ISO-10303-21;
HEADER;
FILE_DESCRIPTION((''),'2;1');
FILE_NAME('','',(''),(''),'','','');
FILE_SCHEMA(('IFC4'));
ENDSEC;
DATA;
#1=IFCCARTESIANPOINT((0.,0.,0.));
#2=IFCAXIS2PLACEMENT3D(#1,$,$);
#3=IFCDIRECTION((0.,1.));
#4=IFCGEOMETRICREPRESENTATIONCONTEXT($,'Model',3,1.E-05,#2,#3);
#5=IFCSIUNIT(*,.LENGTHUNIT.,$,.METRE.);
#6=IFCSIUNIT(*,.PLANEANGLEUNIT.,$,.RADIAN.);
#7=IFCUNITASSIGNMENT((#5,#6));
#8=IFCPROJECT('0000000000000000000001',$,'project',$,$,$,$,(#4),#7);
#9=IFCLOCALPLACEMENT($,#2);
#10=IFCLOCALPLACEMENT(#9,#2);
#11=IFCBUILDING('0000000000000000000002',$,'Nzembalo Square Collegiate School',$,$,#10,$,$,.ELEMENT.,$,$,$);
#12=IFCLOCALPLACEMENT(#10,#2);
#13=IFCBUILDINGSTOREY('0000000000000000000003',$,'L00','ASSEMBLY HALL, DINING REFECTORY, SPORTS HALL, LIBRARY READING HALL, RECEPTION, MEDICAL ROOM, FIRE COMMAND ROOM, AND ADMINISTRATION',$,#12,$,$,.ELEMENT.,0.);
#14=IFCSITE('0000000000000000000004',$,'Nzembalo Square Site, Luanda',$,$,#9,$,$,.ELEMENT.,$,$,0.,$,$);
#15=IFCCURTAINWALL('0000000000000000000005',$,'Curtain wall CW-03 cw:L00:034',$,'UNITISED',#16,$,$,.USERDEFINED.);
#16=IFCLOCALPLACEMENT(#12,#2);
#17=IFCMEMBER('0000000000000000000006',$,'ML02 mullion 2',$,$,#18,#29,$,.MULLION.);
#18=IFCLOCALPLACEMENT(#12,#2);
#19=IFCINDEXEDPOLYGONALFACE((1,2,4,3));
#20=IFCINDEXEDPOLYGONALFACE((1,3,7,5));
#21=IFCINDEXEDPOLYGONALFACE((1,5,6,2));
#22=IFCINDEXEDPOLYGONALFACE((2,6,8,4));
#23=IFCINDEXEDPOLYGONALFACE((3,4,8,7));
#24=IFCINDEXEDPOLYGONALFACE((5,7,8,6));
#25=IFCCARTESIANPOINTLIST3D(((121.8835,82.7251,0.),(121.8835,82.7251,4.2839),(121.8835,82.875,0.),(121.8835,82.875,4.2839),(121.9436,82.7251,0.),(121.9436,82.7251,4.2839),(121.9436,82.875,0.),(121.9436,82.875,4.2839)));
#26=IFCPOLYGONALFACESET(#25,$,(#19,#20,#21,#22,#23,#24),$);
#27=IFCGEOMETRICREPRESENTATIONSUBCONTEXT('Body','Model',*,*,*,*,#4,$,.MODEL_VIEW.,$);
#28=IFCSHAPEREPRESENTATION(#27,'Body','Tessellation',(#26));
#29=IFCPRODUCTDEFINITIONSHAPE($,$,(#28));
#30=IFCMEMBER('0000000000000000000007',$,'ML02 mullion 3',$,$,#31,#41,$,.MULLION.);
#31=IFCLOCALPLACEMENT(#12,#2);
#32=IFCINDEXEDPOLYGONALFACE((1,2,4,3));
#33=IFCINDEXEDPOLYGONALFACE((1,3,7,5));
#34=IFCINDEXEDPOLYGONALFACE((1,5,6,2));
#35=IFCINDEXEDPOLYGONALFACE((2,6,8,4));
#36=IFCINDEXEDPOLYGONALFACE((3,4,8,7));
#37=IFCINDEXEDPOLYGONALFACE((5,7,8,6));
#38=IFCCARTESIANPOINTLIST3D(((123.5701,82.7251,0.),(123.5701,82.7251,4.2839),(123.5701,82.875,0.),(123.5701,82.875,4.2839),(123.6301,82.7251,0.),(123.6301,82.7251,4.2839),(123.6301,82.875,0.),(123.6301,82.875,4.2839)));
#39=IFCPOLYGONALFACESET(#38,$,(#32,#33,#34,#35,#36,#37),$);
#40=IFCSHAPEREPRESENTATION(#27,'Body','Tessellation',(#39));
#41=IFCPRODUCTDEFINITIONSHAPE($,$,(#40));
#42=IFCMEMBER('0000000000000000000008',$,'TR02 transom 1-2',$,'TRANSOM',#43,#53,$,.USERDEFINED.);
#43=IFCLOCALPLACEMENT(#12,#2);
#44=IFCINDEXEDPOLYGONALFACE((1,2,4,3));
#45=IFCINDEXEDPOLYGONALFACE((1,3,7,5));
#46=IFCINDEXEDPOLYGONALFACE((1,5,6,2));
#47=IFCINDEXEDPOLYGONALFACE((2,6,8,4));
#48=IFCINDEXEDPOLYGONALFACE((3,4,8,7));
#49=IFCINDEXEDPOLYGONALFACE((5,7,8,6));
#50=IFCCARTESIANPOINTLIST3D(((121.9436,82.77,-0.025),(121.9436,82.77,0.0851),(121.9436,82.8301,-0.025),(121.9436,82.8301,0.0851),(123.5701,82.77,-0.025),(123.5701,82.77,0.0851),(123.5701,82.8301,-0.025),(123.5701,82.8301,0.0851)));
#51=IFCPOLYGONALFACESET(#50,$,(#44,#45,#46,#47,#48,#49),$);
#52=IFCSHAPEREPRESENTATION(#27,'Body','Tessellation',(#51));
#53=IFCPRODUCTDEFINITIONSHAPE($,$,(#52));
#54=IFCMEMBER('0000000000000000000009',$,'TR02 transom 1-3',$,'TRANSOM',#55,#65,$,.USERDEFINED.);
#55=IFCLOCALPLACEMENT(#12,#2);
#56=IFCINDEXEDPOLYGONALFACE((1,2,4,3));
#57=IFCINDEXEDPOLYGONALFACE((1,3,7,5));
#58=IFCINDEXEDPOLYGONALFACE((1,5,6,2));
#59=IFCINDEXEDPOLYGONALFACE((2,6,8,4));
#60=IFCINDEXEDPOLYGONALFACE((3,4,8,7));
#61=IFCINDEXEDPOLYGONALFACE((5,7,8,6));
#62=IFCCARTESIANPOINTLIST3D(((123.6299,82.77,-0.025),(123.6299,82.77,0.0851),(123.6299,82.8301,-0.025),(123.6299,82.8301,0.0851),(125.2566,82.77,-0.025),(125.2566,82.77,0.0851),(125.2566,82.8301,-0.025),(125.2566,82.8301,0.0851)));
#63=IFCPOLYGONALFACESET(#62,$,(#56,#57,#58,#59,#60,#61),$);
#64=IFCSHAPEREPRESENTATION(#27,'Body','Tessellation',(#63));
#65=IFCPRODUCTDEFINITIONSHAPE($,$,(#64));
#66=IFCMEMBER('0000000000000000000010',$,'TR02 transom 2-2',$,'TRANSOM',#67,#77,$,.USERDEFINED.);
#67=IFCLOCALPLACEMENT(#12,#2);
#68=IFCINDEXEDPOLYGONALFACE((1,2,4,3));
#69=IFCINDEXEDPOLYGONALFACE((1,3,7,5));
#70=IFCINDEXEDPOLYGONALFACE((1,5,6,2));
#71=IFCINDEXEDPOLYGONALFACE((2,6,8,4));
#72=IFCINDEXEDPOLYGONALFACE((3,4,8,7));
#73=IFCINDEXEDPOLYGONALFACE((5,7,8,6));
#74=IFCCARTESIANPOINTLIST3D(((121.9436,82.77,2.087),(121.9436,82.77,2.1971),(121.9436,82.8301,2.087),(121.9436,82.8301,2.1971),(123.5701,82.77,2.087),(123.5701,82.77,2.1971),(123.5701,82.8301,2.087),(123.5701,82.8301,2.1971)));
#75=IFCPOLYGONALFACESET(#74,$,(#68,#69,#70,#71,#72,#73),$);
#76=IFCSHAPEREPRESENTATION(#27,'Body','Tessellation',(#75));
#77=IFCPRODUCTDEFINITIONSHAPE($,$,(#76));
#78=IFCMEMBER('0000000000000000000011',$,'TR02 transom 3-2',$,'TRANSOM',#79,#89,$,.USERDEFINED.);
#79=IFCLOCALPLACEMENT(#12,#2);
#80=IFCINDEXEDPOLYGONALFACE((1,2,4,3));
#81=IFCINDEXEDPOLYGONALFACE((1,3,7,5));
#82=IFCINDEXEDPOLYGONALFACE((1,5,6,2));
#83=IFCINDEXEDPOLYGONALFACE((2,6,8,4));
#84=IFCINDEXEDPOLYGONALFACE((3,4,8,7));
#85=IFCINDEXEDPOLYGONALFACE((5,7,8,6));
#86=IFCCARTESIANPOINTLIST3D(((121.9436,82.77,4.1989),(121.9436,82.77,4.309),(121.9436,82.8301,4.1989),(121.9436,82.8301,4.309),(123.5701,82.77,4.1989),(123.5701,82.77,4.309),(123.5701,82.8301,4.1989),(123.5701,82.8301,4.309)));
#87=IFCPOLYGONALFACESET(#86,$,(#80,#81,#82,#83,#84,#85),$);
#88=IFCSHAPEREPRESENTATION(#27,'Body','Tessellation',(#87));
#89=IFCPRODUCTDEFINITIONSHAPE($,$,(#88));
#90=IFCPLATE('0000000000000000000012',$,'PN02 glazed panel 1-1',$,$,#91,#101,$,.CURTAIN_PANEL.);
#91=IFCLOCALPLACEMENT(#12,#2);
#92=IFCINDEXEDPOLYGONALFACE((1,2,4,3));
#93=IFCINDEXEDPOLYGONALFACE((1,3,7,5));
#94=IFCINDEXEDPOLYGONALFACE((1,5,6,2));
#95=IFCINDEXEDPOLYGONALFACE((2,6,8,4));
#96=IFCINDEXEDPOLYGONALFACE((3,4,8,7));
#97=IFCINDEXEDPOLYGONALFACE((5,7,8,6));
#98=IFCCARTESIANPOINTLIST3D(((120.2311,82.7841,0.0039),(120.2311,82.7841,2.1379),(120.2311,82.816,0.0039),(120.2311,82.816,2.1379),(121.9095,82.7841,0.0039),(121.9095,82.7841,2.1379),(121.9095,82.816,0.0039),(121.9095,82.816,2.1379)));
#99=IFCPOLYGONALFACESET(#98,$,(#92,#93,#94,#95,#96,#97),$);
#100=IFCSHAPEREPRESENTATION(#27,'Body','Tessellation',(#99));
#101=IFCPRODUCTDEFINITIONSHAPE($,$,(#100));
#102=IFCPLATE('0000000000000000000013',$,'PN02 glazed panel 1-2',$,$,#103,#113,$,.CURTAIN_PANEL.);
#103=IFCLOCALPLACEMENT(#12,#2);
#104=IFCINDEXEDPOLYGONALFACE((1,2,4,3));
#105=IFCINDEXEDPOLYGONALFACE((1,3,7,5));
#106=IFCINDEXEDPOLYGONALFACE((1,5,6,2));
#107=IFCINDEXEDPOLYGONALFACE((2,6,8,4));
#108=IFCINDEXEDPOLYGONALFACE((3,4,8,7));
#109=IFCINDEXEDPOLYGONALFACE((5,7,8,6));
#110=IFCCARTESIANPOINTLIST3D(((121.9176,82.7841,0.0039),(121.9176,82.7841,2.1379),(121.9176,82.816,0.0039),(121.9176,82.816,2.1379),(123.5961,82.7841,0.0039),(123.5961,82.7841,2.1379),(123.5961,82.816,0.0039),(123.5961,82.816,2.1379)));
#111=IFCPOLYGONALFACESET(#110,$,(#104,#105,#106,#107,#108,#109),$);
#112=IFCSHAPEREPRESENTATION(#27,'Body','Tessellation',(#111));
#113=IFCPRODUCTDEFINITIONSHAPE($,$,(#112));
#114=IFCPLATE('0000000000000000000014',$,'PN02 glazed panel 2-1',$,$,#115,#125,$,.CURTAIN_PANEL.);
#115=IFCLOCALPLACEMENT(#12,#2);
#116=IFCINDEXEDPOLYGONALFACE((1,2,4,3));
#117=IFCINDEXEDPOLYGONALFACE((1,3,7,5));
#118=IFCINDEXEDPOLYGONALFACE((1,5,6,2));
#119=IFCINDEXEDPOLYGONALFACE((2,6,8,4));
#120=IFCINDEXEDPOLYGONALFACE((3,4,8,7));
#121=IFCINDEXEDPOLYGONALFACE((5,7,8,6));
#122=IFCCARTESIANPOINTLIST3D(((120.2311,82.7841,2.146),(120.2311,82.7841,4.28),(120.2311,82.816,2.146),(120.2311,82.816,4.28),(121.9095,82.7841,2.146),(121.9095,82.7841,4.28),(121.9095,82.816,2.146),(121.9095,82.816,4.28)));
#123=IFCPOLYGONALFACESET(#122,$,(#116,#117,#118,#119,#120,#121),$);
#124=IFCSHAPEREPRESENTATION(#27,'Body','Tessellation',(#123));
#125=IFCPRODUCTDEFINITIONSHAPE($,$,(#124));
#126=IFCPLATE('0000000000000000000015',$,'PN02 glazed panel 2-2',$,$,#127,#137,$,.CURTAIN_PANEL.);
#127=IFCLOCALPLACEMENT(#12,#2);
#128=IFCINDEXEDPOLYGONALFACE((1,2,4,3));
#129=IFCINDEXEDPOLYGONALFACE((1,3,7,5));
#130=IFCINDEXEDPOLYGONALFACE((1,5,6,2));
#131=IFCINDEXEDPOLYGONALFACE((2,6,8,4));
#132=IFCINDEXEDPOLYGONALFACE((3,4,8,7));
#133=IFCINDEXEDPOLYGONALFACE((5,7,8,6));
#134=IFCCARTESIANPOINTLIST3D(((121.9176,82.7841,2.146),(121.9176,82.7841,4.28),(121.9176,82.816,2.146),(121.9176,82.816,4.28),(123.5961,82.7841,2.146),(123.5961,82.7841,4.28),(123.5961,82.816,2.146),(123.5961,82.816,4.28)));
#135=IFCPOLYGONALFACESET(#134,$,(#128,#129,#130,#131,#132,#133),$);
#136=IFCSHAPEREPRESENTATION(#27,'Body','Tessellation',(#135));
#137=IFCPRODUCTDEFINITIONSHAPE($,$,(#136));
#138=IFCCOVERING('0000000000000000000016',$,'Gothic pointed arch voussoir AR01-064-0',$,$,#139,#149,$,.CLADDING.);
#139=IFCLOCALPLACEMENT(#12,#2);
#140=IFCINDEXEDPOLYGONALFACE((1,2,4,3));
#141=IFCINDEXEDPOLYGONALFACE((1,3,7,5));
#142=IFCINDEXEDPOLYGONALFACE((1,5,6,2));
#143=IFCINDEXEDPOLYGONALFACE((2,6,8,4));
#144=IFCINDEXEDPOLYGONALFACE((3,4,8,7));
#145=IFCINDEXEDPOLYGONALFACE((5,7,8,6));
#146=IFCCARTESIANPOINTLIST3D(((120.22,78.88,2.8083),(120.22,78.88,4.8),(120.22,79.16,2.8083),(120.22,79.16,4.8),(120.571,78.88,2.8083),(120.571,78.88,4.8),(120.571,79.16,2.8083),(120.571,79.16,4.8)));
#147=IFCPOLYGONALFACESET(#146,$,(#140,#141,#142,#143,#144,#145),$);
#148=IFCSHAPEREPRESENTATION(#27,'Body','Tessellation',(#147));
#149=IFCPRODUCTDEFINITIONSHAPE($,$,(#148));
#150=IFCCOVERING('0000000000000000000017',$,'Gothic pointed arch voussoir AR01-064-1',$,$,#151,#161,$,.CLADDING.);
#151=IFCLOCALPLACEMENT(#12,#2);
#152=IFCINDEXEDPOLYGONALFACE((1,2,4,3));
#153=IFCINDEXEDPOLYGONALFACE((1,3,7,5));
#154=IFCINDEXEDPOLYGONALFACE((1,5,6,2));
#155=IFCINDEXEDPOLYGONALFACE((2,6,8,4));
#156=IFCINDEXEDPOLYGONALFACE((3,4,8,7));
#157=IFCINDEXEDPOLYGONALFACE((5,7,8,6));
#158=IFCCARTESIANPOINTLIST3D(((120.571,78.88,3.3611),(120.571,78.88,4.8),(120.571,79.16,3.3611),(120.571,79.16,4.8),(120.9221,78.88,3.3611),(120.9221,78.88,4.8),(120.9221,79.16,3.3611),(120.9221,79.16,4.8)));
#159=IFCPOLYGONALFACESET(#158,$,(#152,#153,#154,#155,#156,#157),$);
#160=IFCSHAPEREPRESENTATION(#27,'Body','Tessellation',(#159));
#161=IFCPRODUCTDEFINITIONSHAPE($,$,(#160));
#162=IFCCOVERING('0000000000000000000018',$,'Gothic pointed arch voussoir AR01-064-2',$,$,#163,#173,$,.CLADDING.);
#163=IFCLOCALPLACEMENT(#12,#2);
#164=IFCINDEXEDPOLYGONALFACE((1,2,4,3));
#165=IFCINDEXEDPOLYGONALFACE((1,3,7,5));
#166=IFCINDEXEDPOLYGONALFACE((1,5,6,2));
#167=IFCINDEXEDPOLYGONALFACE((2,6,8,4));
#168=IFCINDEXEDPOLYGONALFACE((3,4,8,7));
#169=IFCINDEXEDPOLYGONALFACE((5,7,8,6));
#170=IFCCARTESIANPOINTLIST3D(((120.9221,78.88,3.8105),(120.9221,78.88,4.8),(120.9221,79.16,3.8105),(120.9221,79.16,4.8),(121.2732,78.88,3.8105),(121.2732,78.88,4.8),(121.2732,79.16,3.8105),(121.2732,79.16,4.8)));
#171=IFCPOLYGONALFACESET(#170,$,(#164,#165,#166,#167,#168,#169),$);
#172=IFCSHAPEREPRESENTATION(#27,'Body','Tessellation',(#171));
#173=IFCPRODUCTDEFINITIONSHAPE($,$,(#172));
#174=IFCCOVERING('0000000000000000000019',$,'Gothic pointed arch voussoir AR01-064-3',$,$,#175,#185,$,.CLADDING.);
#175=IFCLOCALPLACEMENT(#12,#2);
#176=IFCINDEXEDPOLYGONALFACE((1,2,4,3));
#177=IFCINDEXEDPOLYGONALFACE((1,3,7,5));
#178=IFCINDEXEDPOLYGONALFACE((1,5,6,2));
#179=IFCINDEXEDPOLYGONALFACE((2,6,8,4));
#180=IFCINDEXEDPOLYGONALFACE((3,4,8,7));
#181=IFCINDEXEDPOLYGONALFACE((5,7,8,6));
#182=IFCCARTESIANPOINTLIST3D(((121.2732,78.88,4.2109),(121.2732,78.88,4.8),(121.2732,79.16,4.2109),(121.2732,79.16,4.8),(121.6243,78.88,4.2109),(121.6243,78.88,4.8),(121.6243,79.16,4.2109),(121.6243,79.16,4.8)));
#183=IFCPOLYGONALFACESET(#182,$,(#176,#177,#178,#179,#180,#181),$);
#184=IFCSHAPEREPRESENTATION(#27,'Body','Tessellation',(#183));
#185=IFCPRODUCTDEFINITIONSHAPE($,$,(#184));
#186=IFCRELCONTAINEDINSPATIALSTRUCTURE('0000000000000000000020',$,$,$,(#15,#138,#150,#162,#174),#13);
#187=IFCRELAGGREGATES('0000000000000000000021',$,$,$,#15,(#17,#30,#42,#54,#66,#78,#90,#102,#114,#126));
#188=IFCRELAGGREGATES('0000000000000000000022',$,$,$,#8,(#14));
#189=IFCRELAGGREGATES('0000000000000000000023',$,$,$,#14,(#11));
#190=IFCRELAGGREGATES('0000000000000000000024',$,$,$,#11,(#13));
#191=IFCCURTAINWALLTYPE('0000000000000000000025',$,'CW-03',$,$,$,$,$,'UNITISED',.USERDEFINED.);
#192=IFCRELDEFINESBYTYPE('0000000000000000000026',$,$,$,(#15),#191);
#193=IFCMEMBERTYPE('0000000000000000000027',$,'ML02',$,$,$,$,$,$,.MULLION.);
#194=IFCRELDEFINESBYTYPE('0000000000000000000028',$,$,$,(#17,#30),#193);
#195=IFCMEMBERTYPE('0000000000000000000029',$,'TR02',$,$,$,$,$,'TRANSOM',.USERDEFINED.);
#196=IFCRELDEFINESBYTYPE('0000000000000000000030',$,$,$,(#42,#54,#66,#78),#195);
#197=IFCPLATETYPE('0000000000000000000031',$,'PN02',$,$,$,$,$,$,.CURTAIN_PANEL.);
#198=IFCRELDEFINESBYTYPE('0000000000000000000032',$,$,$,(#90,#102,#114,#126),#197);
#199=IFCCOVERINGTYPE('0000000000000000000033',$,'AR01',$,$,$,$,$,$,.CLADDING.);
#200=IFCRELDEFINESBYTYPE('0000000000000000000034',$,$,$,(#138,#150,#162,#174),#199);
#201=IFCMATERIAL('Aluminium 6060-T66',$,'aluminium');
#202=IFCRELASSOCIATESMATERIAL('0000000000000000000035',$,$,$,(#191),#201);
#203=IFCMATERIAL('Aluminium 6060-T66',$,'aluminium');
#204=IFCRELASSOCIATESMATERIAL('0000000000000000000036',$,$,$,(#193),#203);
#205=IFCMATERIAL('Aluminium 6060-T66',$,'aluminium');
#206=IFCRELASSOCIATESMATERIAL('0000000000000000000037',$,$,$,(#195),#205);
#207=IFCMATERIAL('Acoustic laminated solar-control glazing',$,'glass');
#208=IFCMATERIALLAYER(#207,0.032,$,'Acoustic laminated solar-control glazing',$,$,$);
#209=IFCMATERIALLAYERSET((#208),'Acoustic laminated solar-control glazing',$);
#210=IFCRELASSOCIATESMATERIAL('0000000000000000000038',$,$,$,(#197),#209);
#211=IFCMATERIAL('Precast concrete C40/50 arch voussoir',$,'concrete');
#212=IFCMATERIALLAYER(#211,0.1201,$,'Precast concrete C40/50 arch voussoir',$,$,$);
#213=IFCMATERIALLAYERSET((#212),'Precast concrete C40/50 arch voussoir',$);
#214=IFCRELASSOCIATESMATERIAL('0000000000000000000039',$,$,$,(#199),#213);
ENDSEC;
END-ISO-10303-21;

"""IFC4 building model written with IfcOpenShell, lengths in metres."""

from ifc_helpers import new_model, si_unit, direction, frame, origin, origin_2d, place, context, subcontext, project, spatial, rectangle, extrude, material, layer, layer_set, material_profile, profile_set, type_object, element, aggregate, save


model = new_model("IFC4")

# Units and contexts
model_context = context("Model", 3, precision=1e-05, world=origin(), true_north=direction((0.0, 1.0)))
body_context = subcontext(model_context, "Body", "Model", "MODEL_VIEW")
ifc_project = project(units=[si_unit("LENGTHUNIT", "METRE"), si_unit("PLANEANGLEUNIT", "RADIAN")], contexts=[model_context])

# Site, building, storey
site_placement = place(None, origin())
site = spatial("IfcSite", under=ifc_project, at=site_placement, Name="Nzembalo Square Site, Luanda", CompositionType="ELEMENT", RefElevation=0.0)
building_placement = place(site_placement, origin())
building = spatial("IfcBuilding", under=site, at=building_placement, Name="Nzembalo Square Collegiate School", CompositionType="ELEMENT")
storey_placement = place(building_placement, origin())
storey = spatial("IfcBuildingStorey", under=building, at=storey_placement, Name="L00", Description="ASSEMBLY HALL, DINING REFECTORY, SPORTS HALL, LIBRARY READING HALL, RECEPTION, MEDICAL ROOM, FIRE COMMAND ROOM, AND ADMINISTRATION", CompositionType="ELEMENT", Elevation=0.0)

# Curtain wall, members, plates
ifc_material_1 = material(Name="Aluminium 6060-T66", Category="aluminium")
curtain_wall_type = type_object("IfcCurtainWallType", Name="CW-03", ElementType="UNITISED", PredefinedType="USERDEFINED", material=ifc_material_1)
curtain_wall_placement = place(storey_placement, origin())
curtain_wall = element("IfcCurtainWall", 1, at=curtain_wall_placement, inside=storey, type_object=curtain_wall_type, Name="Curtain wall CW-03 cw:L00:034", ObjectType="UNITISED", PredefinedType="USERDEFINED")
ifc_material_2 = material(Name="Aluminium 6060-T66", Category="aluminium")
ifc_material_profile_1 = material_profile(ifc_material_2, rectangle(XDim=0.0601, YDim=0.1499, at=origin_2d()), Name="ALU M60x150")
ifc_profile_set_1 = profile_set([ifc_material_profile_1], Name="Aluminium 6060-T66")
member_type_1 = type_object("IfcMemberType", Name="ML02", PredefinedType="MULLION", material=ifc_profile_set_1)
member_1_placement = place(storey_placement, frame((121.9136, 82.8, 0.0), z_axis=(0.0, 0.0, 1.0), x_axis=(1.0, 0.0, 0.0)))
member_1 = element("IfcMember", 2, at=member_1_placement, type_object=member_type_1, Name="ML02 mullion 2", PredefinedType="MULLION", context=body_context, shape_type="SweptSolid", body=[
    extrude(rectangle(XDim=0.0601, YDim=0.1499, at=origin_2d()), origin(), (0.0, 0.0, 1.0), 4.2839),
])
member_2_placement = place(storey_placement, frame((123.6001, 82.8, 0.0), z_axis=(0.0, 0.0, 1.0), x_axis=(1.0, 0.0, 0.0)))
member_2 = element("IfcMember", 3, at=member_2_placement, type_object=member_type_1, Name="ML02 mullion 3", PredefinedType="MULLION", context=body_context, shape_type="SweptSolid", body=[
    extrude(rectangle(XDim=0.0601, YDim=0.1499, at=origin_2d()), origin(), (0.0, 0.0, 1.0), 4.2839),
])
ifc_material_3 = material(Name="Aluminium 6060-T66", Category="aluminium")
ifc_material_profile_2 = material_profile(ifc_material_3, rectangle(XDim=0.0601, YDim=0.1101, at=origin_2d()), Name="ALU T60x110")
ifc_profile_set_2 = profile_set([ifc_material_profile_2], Name="Aluminium 6060-T66")
member_type_2 = type_object("IfcMemberType", Name="TR02", ElementType="TRANSOM", PredefinedType="USERDEFINED", material=ifc_profile_set_2)
member_3_placement = place(storey_placement, frame((121.9436, 82.8, 0.03), z_axis=(1.0, 0.0, 0.0), x_axis=(0.0, 1.0, 0.0)))
member_3 = element("IfcMember", 4, at=member_3_placement, type_object=member_type_2, Name="TR02 transom 1-2", ObjectType="TRANSOM", PredefinedType="USERDEFINED", context=body_context, shape_type="SweptSolid", body=[
    extrude(rectangle(XDim=0.0601, YDim=0.1101, at=origin_2d()), origin(), (0.0, 0.0, 1.0), 1.6265),
])
member_4_placement = place(storey_placement, frame((123.6299, 82.8, 0.03), z_axis=(1.0, 0.0, 0.0), x_axis=(0.0, 1.0, 0.0)))
member_4 = element("IfcMember", 5, at=member_4_placement, type_object=member_type_2, Name="TR02 transom 1-3", ObjectType="TRANSOM", PredefinedType="USERDEFINED", context=body_context, shape_type="SweptSolid", body=[
    extrude(rectangle(XDim=0.0601, YDim=0.1101, at=origin_2d()), origin(), (0.0, 0.0, 1.0), 1.6267),
])
member_5_placement = place(storey_placement, frame((121.9436, 82.8, 2.1421), z_axis=(1.0, 0.0, 0.0), x_axis=(0.0, 1.0, 0.0)))
member_5 = element("IfcMember", 6, at=member_5_placement, type_object=member_type_2, Name="TR02 transom 2-2", ObjectType="TRANSOM", PredefinedType="USERDEFINED", context=body_context, shape_type="SweptSolid", body=[
    extrude(rectangle(XDim=0.0601, YDim=0.1101, at=origin_2d()), origin(), (0.0, 0.0, 1.0), 1.6265),
])
member_6_placement = place(storey_placement, frame((121.9436, 82.8, 4.2539), z_axis=(1.0, 0.0, 0.0), x_axis=(0.0, 1.0, 0.0)))
member_6 = element("IfcMember", 7, at=member_6_placement, type_object=member_type_2, Name="TR02 transom 3-2", ObjectType="TRANSOM", PredefinedType="USERDEFINED", context=body_context, shape_type="SweptSolid", body=[
    extrude(rectangle(XDim=0.0601, YDim=0.1101, at=origin_2d()), origin(), (0.0, 0.0, 1.0), 1.6265),
])
ifc_material_4 = material(Name="Acoustic laminated solar-control glazing", Category="glass")
ifc_layer_1 = layer(ifc_material_4, 0.032, Name="Acoustic laminated solar-control glazing")
ifc_layer_set_1 = layer_set([ifc_layer_1], Name="Acoustic laminated solar-control glazing")
plate_type = type_object("IfcPlateType", Name="PN02", PredefinedType="CURTAIN_PANEL", material=ifc_layer_set_1)
plate_1_placement = place(storey_placement, frame((121.0703, 82.8, 0.0039), z_axis=(0.0, 0.0, 1.0), x_axis=(1.0, 0.0, 0.0)))
plate_1 = element("IfcPlate", 8, at=plate_1_placement, type_object=plate_type, Name="PN02 glazed panel 1-1", PredefinedType="CURTAIN_PANEL", context=body_context, shape_type="SweptSolid", body=[
    extrude(rectangle(XDim=1.6785, YDim=0.032, at=origin_2d()), origin(), (0.0, 0.0, 1.0), 2.134),
])
plate_2_placement = place(storey_placement, frame((122.7568, 82.8, 0.0039), z_axis=(0.0, 0.0, 1.0), x_axis=(1.0, 0.0, 0.0)))
plate_2 = element("IfcPlate", 9, at=plate_2_placement, type_object=plate_type, Name="PN02 glazed panel 1-2", PredefinedType="CURTAIN_PANEL", context=body_context, shape_type="SweptSolid", body=[
    extrude(rectangle(XDim=1.6785, YDim=0.032, at=origin_2d()), origin(), (0.0, 0.0, 1.0), 2.134),
])
plate_3_placement = place(storey_placement, frame((121.0703, 82.8, 2.146), z_axis=(0.0, 0.0, 1.0), x_axis=(1.0, 0.0, 0.0)))
plate_3 = element("IfcPlate", 10, at=plate_3_placement, type_object=plate_type, Name="PN02 glazed panel 2-1", PredefinedType="CURTAIN_PANEL", context=body_context, shape_type="SweptSolid", body=[
    extrude(rectangle(XDim=1.6785, YDim=0.032, at=origin_2d()), origin(), (0.0, 0.0, 1.0), 2.134),
])
plate_4_placement = place(storey_placement, frame((122.7568, 82.8, 2.146), z_axis=(0.0, 0.0, 1.0), x_axis=(1.0, 0.0, 0.0)))
plate_4 = element("IfcPlate", 11, at=plate_4_placement, type_object=plate_type, Name="PN02 glazed panel 2-2", PredefinedType="CURTAIN_PANEL", context=body_context, shape_type="SweptSolid", body=[
    extrude(rectangle(XDim=1.6785, YDim=0.032, at=origin_2d()), origin(), (0.0, 0.0, 1.0), 2.134),
])
aggregate(curtain_wall, [member_1, member_2, member_3, member_4, member_5, member_6, plate_1, plate_2, plate_3, plate_4])

# Coverings
ifc_material_5 = material(Name="Precast concrete C40/50 arch voussoir", Category="concrete")
ifc_layer_2 = layer(ifc_material_5, 0.1201, Name="Precast concrete C40/50 arch voussoir")
ifc_layer_set_2 = layer_set([ifc_layer_2], Name="Precast concrete C40/50 arch voussoir")
covering_type = type_object("IfcCoveringType", Name="AR01", PredefinedType="CLADDING", material=ifc_layer_set_2)
covering_1_placement = place(storey_placement, frame((120.3955, 79.02, 2.8083), z_axis=(0.0, 0.0, 1.0), x_axis=(1.0, 0.0, 0.0)))
element("IfcCovering", 12, at=covering_1_placement, inside=storey, type_object=covering_type, Name="Gothic pointed arch voussoir AR01-064-0", PredefinedType="CLADDING", context=body_context, shape_type="SweptSolid", body=[
    extrude(rectangle(XDim=0.3511, YDim=0.28, at=origin_2d()), origin(), (0.0, 0.0, 1.0), 1.9917),
])
covering_2_placement = place(storey_placement, frame((120.7466, 79.02, 3.3611), z_axis=(0.0, 0.0, 1.0), x_axis=(1.0, 0.0, 0.0)))
element("IfcCovering", 13, at=covering_2_placement, inside=storey, type_object=covering_type, Name="Gothic pointed arch voussoir AR01-064-1", PredefinedType="CLADDING", context=body_context, shape_type="SweptSolid", body=[
    extrude(rectangle(XDim=0.3511, YDim=0.28, at=origin_2d()), origin(), (0.0, 0.0, 1.0), 1.439),
])
covering_3_placement = place(storey_placement, frame((121.0977, 79.02, 3.8105), z_axis=(0.0, 0.0, 1.0), x_axis=(1.0, 0.0, 0.0)))
element("IfcCovering", 14, at=covering_3_placement, inside=storey, type_object=covering_type, Name="Gothic pointed arch voussoir AR01-064-2", PredefinedType="CLADDING", context=body_context, shape_type="SweptSolid", body=[
    extrude(rectangle(XDim=0.3511, YDim=0.28, at=origin_2d()), origin(), (0.0, 0.0, 1.0), 0.9895),
])
covering_4_placement = place(storey_placement, frame((121.4487, 79.02, 4.2109), z_axis=(0.0, 0.0, 1.0), x_axis=(1.0, 0.0, 0.0)))
element("IfcCovering", 15, at=covering_4_placement, inside=storey, type_object=covering_type, Name="Gothic pointed arch voussoir AR01-064-3", PredefinedType="CLADDING", context=body_context, shape_type="SweptSolid", body=[
    extrude(rectangle(XDim=0.3511, YDim=0.28, at=origin_2d()), origin(), (0.0, 0.0, 1.0), 0.5891),
])

save(model, "model.ifc")
